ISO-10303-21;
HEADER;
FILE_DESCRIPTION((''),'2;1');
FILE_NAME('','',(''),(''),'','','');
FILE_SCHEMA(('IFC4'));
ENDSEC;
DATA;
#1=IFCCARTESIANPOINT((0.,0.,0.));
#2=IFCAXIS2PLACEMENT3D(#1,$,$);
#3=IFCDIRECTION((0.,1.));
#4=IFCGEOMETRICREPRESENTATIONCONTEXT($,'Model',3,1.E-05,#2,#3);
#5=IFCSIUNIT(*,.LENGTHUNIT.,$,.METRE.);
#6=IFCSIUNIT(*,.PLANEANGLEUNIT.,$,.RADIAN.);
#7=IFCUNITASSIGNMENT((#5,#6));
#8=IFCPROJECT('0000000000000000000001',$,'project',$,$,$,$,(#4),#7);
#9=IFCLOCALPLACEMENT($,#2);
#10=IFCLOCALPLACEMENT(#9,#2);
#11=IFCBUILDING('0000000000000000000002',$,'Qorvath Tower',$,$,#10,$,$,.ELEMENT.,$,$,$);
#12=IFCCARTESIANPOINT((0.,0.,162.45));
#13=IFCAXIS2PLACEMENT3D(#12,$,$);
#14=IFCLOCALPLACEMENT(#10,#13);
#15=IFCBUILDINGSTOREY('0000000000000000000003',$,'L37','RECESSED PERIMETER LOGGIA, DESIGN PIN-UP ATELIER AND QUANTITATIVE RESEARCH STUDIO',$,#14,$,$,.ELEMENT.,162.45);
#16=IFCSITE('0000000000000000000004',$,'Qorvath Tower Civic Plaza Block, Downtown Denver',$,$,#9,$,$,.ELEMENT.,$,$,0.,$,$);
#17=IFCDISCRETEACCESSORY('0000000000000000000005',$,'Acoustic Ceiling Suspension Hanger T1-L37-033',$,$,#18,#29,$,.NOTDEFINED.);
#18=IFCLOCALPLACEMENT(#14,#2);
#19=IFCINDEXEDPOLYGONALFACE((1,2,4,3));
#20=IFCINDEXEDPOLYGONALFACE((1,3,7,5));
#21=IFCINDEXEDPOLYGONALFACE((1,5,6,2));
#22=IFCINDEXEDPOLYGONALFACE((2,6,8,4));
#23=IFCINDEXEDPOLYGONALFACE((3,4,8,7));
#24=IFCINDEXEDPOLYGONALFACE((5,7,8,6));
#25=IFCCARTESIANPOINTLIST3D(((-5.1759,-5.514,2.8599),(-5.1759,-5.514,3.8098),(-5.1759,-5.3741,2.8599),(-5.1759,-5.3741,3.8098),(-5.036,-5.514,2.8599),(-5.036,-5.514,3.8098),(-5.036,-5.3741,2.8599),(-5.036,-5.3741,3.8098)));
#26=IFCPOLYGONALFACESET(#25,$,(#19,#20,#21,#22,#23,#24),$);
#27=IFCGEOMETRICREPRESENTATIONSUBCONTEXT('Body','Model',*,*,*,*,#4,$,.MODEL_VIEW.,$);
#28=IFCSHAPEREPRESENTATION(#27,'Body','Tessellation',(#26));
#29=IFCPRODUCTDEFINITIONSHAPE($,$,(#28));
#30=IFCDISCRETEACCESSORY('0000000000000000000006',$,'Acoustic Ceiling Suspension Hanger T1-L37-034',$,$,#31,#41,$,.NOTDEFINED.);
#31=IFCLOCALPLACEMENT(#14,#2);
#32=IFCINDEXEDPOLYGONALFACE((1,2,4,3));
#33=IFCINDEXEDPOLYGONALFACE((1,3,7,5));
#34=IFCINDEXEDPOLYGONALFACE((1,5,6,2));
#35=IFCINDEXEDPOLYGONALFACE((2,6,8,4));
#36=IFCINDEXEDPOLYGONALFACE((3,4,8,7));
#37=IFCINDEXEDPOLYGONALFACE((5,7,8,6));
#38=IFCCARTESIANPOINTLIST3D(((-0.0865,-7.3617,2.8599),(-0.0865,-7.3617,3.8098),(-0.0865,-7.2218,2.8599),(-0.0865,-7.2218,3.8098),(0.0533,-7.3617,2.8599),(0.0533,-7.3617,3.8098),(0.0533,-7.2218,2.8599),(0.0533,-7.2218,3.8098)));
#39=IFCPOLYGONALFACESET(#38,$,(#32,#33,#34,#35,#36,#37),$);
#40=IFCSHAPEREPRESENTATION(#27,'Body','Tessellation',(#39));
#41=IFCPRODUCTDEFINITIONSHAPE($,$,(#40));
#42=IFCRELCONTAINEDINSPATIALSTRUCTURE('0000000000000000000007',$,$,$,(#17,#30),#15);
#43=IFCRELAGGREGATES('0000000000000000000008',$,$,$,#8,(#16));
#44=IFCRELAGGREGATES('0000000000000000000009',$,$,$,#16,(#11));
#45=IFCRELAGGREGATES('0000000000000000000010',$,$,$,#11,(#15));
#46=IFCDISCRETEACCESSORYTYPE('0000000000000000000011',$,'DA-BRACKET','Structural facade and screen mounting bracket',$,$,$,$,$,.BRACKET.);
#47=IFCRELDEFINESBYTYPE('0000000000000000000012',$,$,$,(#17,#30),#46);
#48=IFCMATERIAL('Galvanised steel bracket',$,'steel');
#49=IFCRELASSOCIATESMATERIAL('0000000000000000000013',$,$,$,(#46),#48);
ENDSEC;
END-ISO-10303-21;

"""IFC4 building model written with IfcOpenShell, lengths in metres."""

from ifc_helpers import new_model, si_unit, direction, frame, origin, origin_2d, place, context, subcontext, project, spatial, rectangle, extrude, material, type_object, element, save


model = new_model("IFC4")

# Units and contexts
model_context = context("Model", 3, precision=1e-05, world=origin(), true_north=direction((0.0, 1.0)))
body_context = subcontext(model_context, "Body", "Model", "MODEL_VIEW")
ifc_project = project(units=[si_unit("LENGTHUNIT", "METRE"), si_unit("PLANEANGLEUNIT", "RADIAN")], contexts=[model_context])

# Site, building, storey
site_placement = place(None, origin())
site = spatial("IfcSite", under=ifc_project, at=site_placement, Name="Qorvath Tower Civic Plaza Block, Downtown Denver", CompositionType="ELEMENT", RefElevation=0.0)
building_placement = place(site_placement, origin())
building = spatial("IfcBuilding", under=site, at=building_placement, Name="Qorvath Tower", CompositionType="ELEMENT")
storey_placement = place(building_placement, frame((0.0, 0.0, 162.45)))
storey = spatial("IfcBuildingStorey", under=building, at=storey_placement, Name="L37", Description="RECESSED PERIMETER LOGGIA, DESIGN PIN-UP ATELIER AND QUANTITATIVE RESEARCH STUDIO", CompositionType="ELEMENT", Elevation=162.45)

# Discrete accessories
ifc_material_1 = material(Name="Galvanised steel bracket", Category="steel")
discrete_accessory_type = type_object("IfcDiscreteAccessoryType", Name="DA-BRACKET", Description="Structural facade and screen mounting bracket", PredefinedType="BRACKET", material=ifc_material_1)
for number, where, z_axis, x_axis, name in (
    (1, (-5.106, -5.4441, 2.8599), (0.0, 0.0, 1.0), (1.0, 0.0, 0.0), "Acoustic Ceiling Suspension Hanger T1-L37-033"),
    (2, (-0.0166, -7.2917, 2.8599), (0.0, 0.0, 1.0), (1.0, 0.0, 0.0), "Acoustic Ceiling Suspension Hanger T1-L37-034"),
):
    element("IfcDiscreteAccessory", number, at=place(storey_placement, frame(where, z_axis=z_axis, x_axis=x_axis)), inside=storey, type_object=discrete_accessory_type, Name=name, PredefinedType="NOTDEFINED", context=body_context, shape_type="SweptSolid", body=[
        extrude(rectangle(XDim=0.1399, YDim=0.1399, at=origin_2d()), origin(), (0.0, 0.0, 1.0), 0.95),
    ])

save(model, "model.ifc")
